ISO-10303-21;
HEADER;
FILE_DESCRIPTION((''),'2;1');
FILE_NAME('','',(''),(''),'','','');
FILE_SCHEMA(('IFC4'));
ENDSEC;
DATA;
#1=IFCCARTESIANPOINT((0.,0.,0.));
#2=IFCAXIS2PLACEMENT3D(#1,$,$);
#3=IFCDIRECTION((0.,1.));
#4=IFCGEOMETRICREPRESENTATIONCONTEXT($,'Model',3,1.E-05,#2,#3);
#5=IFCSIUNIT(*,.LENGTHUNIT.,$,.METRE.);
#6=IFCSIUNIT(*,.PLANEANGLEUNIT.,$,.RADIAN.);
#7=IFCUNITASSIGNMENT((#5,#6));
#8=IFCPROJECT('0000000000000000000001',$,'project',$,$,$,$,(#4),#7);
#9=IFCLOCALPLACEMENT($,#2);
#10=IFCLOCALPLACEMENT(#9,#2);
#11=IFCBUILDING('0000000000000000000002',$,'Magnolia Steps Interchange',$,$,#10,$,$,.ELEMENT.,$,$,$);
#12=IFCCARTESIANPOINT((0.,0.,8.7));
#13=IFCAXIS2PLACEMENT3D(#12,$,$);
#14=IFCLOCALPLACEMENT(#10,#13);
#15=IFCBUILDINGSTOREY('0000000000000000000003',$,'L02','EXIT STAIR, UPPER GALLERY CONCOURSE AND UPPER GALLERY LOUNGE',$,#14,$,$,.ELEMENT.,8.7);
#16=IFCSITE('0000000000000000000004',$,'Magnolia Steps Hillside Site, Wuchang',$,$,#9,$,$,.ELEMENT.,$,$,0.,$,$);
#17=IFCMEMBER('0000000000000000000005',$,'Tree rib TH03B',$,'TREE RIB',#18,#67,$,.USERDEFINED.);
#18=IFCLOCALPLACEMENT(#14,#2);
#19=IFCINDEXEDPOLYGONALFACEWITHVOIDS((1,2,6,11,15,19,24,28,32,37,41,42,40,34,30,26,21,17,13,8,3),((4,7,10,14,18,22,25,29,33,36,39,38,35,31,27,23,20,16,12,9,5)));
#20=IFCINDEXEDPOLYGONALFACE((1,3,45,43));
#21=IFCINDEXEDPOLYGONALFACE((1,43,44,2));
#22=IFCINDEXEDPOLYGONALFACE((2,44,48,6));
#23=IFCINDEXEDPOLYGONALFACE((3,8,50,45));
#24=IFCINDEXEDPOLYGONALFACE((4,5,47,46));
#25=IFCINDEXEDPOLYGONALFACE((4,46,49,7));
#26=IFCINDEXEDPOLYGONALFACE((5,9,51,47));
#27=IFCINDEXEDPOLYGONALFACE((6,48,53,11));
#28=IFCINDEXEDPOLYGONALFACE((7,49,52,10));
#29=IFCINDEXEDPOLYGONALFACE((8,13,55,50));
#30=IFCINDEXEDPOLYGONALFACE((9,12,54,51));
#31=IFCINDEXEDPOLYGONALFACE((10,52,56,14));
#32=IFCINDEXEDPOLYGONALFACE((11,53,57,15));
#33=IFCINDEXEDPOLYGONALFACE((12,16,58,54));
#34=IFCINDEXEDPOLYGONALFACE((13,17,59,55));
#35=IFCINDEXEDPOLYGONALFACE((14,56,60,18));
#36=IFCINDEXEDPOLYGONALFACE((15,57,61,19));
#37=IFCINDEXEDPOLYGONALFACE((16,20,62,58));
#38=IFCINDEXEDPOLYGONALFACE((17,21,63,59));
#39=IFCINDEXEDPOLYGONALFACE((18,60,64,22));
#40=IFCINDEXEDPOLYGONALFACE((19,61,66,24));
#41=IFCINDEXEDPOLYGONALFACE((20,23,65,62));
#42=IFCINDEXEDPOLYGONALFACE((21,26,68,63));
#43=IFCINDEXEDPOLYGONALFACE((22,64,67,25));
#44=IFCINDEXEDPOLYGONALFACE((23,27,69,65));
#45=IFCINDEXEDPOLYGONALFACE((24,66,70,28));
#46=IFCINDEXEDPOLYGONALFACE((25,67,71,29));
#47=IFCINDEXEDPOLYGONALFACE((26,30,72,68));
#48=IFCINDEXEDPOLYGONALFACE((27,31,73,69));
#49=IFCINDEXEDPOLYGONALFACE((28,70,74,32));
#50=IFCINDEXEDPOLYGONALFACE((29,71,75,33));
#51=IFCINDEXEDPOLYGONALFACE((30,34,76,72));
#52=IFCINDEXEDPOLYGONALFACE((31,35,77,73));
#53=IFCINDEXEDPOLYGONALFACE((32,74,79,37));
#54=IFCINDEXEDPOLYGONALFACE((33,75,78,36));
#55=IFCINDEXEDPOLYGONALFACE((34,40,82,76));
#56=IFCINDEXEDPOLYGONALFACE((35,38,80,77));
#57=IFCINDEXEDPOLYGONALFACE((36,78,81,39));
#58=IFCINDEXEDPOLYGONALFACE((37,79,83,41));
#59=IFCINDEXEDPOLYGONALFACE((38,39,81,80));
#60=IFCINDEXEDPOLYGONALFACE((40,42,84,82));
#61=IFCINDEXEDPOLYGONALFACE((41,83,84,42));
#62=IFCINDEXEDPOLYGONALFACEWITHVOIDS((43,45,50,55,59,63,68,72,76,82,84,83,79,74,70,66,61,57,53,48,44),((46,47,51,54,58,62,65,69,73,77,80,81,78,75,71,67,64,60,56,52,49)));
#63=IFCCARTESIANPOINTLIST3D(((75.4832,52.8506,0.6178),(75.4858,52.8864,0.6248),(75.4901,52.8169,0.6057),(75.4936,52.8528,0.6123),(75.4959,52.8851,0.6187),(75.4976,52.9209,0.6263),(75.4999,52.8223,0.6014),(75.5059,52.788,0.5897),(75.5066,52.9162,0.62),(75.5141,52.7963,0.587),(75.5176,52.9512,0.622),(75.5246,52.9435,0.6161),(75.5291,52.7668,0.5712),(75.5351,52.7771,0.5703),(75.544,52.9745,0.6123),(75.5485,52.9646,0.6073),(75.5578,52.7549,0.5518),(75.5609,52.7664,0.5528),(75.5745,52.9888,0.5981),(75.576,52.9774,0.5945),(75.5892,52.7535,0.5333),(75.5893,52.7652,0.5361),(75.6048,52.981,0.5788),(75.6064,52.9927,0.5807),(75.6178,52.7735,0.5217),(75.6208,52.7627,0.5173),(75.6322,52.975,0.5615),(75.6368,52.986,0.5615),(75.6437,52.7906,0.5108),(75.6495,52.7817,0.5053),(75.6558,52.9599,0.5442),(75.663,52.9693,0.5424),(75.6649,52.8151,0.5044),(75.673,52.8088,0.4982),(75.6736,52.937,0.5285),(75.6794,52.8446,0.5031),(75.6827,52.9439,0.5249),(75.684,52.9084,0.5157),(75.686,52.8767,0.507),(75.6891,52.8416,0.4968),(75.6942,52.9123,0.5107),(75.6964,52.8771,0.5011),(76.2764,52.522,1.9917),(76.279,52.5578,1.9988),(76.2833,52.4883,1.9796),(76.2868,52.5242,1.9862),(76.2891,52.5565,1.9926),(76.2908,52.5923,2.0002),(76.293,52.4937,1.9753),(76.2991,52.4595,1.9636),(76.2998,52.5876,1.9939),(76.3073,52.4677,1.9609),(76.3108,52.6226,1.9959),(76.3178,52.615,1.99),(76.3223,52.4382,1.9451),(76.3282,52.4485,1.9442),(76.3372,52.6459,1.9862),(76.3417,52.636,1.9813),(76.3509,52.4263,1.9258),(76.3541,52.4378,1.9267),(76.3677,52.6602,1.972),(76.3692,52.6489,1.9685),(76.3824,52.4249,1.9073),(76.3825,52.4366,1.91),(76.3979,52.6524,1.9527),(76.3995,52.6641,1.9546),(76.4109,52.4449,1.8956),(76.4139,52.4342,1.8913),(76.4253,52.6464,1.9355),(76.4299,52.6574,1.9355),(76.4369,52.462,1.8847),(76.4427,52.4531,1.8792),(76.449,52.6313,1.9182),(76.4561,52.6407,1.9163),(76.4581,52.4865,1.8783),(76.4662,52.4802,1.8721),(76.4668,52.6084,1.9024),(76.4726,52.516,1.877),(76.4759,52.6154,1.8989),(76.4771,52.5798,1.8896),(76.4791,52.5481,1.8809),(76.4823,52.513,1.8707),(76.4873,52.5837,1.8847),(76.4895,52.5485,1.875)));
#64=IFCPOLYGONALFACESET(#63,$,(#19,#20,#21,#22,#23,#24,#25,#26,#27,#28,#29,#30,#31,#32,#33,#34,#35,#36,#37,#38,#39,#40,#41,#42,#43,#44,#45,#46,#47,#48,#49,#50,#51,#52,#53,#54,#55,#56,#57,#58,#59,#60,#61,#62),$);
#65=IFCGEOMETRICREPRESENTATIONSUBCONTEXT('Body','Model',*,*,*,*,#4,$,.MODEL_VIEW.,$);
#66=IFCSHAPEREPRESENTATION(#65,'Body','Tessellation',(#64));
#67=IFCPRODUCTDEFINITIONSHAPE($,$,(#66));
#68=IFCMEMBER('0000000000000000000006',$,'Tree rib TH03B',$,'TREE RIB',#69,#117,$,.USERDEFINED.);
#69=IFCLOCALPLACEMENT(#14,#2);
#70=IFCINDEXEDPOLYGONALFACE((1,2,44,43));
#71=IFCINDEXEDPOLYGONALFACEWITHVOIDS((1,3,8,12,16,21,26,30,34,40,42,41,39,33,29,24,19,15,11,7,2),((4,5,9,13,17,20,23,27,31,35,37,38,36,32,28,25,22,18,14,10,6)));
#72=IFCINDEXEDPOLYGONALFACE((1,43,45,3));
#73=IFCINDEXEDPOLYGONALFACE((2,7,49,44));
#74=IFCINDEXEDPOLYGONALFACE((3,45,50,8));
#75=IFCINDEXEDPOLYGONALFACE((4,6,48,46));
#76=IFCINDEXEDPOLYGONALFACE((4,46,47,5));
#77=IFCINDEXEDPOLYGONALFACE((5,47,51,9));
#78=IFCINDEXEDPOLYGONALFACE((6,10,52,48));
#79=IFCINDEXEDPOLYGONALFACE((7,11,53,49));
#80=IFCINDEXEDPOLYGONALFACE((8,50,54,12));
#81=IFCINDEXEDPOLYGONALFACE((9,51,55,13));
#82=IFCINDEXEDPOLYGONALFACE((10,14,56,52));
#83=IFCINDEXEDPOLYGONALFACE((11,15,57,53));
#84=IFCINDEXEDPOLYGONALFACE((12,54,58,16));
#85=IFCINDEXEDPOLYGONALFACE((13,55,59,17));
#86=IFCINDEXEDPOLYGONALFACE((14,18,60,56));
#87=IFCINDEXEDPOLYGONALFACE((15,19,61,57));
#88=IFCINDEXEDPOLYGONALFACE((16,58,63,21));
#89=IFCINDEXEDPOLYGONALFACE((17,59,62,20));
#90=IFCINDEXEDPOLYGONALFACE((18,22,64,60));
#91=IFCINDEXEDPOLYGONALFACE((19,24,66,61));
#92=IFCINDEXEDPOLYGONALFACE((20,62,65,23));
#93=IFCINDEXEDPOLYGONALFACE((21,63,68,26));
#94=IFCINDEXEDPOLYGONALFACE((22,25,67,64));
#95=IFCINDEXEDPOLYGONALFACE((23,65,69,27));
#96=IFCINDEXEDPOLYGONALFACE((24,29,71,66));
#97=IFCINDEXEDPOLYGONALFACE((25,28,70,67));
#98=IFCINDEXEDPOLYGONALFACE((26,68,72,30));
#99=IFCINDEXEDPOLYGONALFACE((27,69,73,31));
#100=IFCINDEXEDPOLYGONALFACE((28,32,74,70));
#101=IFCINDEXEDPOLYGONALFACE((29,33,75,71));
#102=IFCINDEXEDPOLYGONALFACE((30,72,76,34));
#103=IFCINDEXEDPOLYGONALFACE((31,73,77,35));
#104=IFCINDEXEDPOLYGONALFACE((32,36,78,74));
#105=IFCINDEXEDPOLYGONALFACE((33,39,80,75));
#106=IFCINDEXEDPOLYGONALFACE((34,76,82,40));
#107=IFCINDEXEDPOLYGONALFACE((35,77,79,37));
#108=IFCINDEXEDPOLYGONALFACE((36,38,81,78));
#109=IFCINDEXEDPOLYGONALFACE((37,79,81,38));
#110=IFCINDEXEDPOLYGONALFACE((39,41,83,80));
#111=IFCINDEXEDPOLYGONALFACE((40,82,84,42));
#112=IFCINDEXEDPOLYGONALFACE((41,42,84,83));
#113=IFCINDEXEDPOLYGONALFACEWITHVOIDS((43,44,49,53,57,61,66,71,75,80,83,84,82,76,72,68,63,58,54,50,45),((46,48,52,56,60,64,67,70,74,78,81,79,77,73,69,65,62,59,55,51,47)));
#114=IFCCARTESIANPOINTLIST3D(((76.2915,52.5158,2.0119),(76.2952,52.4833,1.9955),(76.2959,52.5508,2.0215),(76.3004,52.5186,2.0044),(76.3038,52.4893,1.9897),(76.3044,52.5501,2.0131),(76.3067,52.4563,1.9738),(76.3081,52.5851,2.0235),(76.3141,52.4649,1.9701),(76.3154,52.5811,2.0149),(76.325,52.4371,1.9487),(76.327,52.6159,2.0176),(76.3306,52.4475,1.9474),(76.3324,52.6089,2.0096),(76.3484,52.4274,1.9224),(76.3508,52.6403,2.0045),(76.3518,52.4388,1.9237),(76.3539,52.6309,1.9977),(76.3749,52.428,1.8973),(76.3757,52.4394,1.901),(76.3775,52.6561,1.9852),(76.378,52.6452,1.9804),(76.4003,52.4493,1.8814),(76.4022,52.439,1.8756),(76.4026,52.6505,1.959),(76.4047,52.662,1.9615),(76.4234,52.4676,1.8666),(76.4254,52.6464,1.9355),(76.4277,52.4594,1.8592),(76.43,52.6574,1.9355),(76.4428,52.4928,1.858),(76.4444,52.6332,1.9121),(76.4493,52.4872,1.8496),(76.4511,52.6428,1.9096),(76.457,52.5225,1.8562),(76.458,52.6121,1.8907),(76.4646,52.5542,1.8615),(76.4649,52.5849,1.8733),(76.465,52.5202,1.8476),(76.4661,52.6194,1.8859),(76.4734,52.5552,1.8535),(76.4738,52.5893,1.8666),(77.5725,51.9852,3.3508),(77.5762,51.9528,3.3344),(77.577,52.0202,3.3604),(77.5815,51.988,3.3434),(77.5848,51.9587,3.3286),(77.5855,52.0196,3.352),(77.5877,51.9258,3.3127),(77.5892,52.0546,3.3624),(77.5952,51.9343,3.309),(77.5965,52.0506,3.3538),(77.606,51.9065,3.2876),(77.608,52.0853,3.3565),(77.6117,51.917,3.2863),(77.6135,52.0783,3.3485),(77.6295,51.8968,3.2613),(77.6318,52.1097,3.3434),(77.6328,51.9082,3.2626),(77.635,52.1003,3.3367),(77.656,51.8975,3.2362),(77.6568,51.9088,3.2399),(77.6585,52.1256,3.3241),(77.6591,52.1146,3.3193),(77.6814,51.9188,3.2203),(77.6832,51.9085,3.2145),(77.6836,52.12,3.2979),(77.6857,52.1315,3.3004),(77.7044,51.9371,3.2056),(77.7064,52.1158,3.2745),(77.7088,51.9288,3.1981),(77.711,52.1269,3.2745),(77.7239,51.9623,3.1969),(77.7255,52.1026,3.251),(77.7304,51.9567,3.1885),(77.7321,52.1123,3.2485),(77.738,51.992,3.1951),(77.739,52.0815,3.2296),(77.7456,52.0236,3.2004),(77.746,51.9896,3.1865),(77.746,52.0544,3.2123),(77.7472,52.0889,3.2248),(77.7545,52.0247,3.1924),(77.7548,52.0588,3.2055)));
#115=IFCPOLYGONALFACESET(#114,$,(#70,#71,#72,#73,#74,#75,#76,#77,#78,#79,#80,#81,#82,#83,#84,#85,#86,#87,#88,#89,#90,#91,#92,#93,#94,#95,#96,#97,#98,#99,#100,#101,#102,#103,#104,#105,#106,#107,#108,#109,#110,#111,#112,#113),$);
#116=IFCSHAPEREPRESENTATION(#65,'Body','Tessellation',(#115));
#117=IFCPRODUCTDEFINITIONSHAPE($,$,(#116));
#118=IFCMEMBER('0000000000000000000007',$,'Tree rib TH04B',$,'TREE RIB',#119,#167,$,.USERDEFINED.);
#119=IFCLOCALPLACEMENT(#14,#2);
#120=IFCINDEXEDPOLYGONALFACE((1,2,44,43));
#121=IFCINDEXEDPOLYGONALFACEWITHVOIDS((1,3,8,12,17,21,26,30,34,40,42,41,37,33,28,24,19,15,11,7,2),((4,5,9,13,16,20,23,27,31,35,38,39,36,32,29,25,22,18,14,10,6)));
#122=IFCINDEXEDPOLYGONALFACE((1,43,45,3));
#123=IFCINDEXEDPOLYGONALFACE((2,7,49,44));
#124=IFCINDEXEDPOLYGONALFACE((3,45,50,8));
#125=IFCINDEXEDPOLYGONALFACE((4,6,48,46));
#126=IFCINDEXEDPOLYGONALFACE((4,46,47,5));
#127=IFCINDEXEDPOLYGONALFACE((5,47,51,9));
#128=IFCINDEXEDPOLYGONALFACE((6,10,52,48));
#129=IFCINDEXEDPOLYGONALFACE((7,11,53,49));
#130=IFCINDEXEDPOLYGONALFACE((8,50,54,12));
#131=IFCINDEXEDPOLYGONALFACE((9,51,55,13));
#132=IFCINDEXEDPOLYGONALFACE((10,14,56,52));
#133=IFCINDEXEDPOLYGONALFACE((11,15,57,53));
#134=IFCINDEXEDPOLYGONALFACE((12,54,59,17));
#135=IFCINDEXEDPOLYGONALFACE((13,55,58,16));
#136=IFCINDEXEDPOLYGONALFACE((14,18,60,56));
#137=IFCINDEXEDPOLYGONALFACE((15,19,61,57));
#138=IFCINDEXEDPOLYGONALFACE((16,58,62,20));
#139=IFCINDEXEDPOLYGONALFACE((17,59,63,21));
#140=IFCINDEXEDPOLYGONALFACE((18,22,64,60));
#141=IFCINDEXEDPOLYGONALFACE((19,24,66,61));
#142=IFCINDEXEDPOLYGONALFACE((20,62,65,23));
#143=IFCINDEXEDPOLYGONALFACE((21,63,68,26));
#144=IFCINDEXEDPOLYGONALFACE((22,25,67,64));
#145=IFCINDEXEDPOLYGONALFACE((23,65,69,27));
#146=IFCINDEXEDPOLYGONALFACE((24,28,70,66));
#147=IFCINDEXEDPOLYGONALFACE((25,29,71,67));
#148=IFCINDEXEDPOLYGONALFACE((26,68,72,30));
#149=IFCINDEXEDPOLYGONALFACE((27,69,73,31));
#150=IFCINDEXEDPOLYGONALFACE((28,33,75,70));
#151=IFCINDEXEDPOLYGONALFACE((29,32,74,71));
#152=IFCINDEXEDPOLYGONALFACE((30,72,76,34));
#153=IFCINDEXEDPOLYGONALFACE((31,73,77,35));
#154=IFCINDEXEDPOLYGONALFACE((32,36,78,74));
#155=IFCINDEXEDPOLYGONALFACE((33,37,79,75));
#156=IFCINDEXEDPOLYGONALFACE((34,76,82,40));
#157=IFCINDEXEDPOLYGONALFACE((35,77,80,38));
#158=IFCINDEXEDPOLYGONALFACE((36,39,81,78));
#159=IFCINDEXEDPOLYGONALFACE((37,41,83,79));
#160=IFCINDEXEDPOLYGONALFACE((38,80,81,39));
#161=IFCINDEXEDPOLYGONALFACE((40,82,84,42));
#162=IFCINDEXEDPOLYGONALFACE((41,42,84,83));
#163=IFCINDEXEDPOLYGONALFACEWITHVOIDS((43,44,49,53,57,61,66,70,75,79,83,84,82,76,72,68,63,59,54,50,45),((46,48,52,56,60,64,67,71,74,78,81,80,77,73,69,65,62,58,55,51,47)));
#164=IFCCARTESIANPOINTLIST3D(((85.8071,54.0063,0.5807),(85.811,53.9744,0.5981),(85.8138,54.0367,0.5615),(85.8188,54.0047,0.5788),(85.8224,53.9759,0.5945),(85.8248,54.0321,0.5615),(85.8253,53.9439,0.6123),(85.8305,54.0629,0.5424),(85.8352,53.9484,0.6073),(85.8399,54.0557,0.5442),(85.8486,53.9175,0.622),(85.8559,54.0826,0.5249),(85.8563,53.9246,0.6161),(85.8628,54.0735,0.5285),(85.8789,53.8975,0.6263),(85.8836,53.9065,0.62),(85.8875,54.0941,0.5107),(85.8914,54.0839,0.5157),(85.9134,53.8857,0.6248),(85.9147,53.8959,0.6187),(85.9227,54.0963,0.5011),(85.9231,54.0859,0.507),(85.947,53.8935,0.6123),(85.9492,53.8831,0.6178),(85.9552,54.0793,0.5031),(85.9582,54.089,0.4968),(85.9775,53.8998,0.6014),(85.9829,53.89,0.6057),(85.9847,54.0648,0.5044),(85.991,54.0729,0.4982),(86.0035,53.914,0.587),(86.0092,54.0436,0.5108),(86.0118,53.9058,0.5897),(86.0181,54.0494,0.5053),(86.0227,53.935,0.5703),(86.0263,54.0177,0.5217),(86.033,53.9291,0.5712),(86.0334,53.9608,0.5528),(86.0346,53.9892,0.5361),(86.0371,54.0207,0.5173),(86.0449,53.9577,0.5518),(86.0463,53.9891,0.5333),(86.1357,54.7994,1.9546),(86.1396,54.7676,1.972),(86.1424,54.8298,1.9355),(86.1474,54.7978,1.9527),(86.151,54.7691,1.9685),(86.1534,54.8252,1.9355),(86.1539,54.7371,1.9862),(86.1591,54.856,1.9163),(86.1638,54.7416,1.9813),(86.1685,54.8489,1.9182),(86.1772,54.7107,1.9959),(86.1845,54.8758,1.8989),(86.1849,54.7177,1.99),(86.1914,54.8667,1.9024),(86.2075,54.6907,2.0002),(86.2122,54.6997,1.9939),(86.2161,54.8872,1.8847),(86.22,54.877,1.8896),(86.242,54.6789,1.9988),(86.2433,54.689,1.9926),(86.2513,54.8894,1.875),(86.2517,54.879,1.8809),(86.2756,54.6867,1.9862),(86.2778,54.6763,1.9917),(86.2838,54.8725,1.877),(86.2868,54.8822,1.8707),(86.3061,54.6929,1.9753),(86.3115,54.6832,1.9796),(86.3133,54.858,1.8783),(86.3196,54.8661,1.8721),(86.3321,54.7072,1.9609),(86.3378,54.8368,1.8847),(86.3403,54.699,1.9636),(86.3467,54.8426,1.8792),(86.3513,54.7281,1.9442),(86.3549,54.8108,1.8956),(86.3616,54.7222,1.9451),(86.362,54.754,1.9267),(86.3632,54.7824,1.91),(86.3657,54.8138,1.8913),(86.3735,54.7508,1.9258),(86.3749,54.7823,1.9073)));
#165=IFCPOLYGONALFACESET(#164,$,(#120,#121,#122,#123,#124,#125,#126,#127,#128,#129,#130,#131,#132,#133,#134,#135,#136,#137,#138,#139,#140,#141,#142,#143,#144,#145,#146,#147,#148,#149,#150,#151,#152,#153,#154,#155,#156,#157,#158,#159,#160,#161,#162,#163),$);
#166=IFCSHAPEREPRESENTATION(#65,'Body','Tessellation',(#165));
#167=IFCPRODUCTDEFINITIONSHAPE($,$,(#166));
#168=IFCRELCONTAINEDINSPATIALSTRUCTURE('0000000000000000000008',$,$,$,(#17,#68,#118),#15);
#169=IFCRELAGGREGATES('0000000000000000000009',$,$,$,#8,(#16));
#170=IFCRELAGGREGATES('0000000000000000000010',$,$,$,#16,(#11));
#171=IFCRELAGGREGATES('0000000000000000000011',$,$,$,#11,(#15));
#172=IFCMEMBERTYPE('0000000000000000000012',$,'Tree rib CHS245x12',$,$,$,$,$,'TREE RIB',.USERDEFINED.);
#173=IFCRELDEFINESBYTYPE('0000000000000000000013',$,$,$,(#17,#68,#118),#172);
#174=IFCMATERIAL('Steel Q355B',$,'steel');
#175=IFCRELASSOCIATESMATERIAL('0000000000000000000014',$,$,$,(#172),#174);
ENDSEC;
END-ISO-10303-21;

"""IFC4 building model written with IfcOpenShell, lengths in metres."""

from ifc_helpers import new_model, si_unit, direction, frame, origin, origin_2d, place, context, subcontext, project, spatial, hollow_circle, extrude, material, material_profile, profile_set, type_object, element, save


model = new_model("IFC4")

# Units and contexts
model_context = context("Model", 3, precision=1e-05, world=origin(), true_north=direction((0.0, 1.0)))
body_context = subcontext(model_context, "Body", "Model", "MODEL_VIEW")
ifc_project = project(units=[si_unit("LENGTHUNIT", "METRE"), si_unit("PLANEANGLEUNIT", "RADIAN")], contexts=[model_context])

# Site, building, storey
site_placement = place(None, origin())
site = spatial("IfcSite", under=ifc_project, at=site_placement, Name="Magnolia Steps Hillside Site, Wuchang", CompositionType="ELEMENT", RefElevation=0.0)
building_placement = place(site_placement, origin())
building = spatial("IfcBuilding", under=site, at=building_placement, Name="Magnolia Steps Interchange", CompositionType="ELEMENT")
storey_placement = place(building_placement, frame((0.0, 0.0, 8.7)))
storey = spatial("IfcBuildingStorey", under=building, at=storey_placement, Name="L02", Description="EXIT STAIR, UPPER GALLERY CONCOURSE AND UPPER GALLERY LOUNGE", CompositionType="ELEMENT", Elevation=8.7)

# Members
ifc_material_1 = material(Name="Steel Q355B", Category="steel")
ifc_material_profile_1 = material_profile(ifc_material_1, hollow_circle(Radius=0.1226, WallThickness=0.012, at=origin_2d()), Name="CHS245x12")
ifc_profile_set_1 = profile_set([ifc_material_profile_1], Name="Steel Q355B")
member_type = type_object("IfcMemberType", Name="Tree rib CHS245x12", ElementType="TREE RIB", PredefinedType="USERDEFINED", material=ifc_profile_set_1)
member_1_placement = place(storey_placement, frame((75.5898, 52.8728, 0.5615), z_axis=(0.489571, -0.20282, 0.848047), x_axis=(0.382737, 0.923857, 0.0)))
element("IfcMember", 1, at=member_1_placement, inside=storey, type_object=member_type, Name="Tree rib TH03B", ObjectType="TREE RIB", PredefinedType="USERDEFINED", context=body_context, shape_type="SweptSolid", body=[
    extrude(hollow_circle(Radius=0.1226, WallThickness=0.012, at=origin_2d()), origin(), (0.0, 0.0, 1.0), 1.6201),
])
member_2_placement = place(storey_placement, frame((76.3831, 52.5442, 1.9355), z_axis=(0.664618, -0.275246, 0.694638), x_axis=(0.382627, 0.923903, 0.0)))
element("IfcMember", 2, at=member_2_placement, inside=storey, type_object=member_type, Name="Tree rib TH03B", ObjectType="TREE RIB", PredefinedType="USERDEFINED", context=body_context, shape_type="SweptSolid", body=[
    extrude(hollow_circle(Radius=0.1226, WallThickness=0.012, at=origin_2d()), origin(), (0.0, 0.0, 1.0), 1.9275),
])
for number, where, z_axis, x_axis, name in (
    (3, (85.927, 53.9897, 0.5615), (0.20282, 0.489571, 0.848047), (-0.923857, 0.382737, 0.0), "Tree rib TH04B"),
):
    element("IfcMember", number, at=place(storey_placement, frame(where, z_axis=z_axis, x_axis=x_axis)), inside=storey, type_object=member_type, Name=name, ObjectType="TREE RIB", PredefinedType="USERDEFINED", context=body_context, shape_type="SweptSolid", body=[
        extrude(hollow_circle(Radius=0.1226, WallThickness=0.012, at=origin_2d()), origin(), (0.0, 0.0, 1.0), 1.6201),
    ])

save(model, "model.ifc")
